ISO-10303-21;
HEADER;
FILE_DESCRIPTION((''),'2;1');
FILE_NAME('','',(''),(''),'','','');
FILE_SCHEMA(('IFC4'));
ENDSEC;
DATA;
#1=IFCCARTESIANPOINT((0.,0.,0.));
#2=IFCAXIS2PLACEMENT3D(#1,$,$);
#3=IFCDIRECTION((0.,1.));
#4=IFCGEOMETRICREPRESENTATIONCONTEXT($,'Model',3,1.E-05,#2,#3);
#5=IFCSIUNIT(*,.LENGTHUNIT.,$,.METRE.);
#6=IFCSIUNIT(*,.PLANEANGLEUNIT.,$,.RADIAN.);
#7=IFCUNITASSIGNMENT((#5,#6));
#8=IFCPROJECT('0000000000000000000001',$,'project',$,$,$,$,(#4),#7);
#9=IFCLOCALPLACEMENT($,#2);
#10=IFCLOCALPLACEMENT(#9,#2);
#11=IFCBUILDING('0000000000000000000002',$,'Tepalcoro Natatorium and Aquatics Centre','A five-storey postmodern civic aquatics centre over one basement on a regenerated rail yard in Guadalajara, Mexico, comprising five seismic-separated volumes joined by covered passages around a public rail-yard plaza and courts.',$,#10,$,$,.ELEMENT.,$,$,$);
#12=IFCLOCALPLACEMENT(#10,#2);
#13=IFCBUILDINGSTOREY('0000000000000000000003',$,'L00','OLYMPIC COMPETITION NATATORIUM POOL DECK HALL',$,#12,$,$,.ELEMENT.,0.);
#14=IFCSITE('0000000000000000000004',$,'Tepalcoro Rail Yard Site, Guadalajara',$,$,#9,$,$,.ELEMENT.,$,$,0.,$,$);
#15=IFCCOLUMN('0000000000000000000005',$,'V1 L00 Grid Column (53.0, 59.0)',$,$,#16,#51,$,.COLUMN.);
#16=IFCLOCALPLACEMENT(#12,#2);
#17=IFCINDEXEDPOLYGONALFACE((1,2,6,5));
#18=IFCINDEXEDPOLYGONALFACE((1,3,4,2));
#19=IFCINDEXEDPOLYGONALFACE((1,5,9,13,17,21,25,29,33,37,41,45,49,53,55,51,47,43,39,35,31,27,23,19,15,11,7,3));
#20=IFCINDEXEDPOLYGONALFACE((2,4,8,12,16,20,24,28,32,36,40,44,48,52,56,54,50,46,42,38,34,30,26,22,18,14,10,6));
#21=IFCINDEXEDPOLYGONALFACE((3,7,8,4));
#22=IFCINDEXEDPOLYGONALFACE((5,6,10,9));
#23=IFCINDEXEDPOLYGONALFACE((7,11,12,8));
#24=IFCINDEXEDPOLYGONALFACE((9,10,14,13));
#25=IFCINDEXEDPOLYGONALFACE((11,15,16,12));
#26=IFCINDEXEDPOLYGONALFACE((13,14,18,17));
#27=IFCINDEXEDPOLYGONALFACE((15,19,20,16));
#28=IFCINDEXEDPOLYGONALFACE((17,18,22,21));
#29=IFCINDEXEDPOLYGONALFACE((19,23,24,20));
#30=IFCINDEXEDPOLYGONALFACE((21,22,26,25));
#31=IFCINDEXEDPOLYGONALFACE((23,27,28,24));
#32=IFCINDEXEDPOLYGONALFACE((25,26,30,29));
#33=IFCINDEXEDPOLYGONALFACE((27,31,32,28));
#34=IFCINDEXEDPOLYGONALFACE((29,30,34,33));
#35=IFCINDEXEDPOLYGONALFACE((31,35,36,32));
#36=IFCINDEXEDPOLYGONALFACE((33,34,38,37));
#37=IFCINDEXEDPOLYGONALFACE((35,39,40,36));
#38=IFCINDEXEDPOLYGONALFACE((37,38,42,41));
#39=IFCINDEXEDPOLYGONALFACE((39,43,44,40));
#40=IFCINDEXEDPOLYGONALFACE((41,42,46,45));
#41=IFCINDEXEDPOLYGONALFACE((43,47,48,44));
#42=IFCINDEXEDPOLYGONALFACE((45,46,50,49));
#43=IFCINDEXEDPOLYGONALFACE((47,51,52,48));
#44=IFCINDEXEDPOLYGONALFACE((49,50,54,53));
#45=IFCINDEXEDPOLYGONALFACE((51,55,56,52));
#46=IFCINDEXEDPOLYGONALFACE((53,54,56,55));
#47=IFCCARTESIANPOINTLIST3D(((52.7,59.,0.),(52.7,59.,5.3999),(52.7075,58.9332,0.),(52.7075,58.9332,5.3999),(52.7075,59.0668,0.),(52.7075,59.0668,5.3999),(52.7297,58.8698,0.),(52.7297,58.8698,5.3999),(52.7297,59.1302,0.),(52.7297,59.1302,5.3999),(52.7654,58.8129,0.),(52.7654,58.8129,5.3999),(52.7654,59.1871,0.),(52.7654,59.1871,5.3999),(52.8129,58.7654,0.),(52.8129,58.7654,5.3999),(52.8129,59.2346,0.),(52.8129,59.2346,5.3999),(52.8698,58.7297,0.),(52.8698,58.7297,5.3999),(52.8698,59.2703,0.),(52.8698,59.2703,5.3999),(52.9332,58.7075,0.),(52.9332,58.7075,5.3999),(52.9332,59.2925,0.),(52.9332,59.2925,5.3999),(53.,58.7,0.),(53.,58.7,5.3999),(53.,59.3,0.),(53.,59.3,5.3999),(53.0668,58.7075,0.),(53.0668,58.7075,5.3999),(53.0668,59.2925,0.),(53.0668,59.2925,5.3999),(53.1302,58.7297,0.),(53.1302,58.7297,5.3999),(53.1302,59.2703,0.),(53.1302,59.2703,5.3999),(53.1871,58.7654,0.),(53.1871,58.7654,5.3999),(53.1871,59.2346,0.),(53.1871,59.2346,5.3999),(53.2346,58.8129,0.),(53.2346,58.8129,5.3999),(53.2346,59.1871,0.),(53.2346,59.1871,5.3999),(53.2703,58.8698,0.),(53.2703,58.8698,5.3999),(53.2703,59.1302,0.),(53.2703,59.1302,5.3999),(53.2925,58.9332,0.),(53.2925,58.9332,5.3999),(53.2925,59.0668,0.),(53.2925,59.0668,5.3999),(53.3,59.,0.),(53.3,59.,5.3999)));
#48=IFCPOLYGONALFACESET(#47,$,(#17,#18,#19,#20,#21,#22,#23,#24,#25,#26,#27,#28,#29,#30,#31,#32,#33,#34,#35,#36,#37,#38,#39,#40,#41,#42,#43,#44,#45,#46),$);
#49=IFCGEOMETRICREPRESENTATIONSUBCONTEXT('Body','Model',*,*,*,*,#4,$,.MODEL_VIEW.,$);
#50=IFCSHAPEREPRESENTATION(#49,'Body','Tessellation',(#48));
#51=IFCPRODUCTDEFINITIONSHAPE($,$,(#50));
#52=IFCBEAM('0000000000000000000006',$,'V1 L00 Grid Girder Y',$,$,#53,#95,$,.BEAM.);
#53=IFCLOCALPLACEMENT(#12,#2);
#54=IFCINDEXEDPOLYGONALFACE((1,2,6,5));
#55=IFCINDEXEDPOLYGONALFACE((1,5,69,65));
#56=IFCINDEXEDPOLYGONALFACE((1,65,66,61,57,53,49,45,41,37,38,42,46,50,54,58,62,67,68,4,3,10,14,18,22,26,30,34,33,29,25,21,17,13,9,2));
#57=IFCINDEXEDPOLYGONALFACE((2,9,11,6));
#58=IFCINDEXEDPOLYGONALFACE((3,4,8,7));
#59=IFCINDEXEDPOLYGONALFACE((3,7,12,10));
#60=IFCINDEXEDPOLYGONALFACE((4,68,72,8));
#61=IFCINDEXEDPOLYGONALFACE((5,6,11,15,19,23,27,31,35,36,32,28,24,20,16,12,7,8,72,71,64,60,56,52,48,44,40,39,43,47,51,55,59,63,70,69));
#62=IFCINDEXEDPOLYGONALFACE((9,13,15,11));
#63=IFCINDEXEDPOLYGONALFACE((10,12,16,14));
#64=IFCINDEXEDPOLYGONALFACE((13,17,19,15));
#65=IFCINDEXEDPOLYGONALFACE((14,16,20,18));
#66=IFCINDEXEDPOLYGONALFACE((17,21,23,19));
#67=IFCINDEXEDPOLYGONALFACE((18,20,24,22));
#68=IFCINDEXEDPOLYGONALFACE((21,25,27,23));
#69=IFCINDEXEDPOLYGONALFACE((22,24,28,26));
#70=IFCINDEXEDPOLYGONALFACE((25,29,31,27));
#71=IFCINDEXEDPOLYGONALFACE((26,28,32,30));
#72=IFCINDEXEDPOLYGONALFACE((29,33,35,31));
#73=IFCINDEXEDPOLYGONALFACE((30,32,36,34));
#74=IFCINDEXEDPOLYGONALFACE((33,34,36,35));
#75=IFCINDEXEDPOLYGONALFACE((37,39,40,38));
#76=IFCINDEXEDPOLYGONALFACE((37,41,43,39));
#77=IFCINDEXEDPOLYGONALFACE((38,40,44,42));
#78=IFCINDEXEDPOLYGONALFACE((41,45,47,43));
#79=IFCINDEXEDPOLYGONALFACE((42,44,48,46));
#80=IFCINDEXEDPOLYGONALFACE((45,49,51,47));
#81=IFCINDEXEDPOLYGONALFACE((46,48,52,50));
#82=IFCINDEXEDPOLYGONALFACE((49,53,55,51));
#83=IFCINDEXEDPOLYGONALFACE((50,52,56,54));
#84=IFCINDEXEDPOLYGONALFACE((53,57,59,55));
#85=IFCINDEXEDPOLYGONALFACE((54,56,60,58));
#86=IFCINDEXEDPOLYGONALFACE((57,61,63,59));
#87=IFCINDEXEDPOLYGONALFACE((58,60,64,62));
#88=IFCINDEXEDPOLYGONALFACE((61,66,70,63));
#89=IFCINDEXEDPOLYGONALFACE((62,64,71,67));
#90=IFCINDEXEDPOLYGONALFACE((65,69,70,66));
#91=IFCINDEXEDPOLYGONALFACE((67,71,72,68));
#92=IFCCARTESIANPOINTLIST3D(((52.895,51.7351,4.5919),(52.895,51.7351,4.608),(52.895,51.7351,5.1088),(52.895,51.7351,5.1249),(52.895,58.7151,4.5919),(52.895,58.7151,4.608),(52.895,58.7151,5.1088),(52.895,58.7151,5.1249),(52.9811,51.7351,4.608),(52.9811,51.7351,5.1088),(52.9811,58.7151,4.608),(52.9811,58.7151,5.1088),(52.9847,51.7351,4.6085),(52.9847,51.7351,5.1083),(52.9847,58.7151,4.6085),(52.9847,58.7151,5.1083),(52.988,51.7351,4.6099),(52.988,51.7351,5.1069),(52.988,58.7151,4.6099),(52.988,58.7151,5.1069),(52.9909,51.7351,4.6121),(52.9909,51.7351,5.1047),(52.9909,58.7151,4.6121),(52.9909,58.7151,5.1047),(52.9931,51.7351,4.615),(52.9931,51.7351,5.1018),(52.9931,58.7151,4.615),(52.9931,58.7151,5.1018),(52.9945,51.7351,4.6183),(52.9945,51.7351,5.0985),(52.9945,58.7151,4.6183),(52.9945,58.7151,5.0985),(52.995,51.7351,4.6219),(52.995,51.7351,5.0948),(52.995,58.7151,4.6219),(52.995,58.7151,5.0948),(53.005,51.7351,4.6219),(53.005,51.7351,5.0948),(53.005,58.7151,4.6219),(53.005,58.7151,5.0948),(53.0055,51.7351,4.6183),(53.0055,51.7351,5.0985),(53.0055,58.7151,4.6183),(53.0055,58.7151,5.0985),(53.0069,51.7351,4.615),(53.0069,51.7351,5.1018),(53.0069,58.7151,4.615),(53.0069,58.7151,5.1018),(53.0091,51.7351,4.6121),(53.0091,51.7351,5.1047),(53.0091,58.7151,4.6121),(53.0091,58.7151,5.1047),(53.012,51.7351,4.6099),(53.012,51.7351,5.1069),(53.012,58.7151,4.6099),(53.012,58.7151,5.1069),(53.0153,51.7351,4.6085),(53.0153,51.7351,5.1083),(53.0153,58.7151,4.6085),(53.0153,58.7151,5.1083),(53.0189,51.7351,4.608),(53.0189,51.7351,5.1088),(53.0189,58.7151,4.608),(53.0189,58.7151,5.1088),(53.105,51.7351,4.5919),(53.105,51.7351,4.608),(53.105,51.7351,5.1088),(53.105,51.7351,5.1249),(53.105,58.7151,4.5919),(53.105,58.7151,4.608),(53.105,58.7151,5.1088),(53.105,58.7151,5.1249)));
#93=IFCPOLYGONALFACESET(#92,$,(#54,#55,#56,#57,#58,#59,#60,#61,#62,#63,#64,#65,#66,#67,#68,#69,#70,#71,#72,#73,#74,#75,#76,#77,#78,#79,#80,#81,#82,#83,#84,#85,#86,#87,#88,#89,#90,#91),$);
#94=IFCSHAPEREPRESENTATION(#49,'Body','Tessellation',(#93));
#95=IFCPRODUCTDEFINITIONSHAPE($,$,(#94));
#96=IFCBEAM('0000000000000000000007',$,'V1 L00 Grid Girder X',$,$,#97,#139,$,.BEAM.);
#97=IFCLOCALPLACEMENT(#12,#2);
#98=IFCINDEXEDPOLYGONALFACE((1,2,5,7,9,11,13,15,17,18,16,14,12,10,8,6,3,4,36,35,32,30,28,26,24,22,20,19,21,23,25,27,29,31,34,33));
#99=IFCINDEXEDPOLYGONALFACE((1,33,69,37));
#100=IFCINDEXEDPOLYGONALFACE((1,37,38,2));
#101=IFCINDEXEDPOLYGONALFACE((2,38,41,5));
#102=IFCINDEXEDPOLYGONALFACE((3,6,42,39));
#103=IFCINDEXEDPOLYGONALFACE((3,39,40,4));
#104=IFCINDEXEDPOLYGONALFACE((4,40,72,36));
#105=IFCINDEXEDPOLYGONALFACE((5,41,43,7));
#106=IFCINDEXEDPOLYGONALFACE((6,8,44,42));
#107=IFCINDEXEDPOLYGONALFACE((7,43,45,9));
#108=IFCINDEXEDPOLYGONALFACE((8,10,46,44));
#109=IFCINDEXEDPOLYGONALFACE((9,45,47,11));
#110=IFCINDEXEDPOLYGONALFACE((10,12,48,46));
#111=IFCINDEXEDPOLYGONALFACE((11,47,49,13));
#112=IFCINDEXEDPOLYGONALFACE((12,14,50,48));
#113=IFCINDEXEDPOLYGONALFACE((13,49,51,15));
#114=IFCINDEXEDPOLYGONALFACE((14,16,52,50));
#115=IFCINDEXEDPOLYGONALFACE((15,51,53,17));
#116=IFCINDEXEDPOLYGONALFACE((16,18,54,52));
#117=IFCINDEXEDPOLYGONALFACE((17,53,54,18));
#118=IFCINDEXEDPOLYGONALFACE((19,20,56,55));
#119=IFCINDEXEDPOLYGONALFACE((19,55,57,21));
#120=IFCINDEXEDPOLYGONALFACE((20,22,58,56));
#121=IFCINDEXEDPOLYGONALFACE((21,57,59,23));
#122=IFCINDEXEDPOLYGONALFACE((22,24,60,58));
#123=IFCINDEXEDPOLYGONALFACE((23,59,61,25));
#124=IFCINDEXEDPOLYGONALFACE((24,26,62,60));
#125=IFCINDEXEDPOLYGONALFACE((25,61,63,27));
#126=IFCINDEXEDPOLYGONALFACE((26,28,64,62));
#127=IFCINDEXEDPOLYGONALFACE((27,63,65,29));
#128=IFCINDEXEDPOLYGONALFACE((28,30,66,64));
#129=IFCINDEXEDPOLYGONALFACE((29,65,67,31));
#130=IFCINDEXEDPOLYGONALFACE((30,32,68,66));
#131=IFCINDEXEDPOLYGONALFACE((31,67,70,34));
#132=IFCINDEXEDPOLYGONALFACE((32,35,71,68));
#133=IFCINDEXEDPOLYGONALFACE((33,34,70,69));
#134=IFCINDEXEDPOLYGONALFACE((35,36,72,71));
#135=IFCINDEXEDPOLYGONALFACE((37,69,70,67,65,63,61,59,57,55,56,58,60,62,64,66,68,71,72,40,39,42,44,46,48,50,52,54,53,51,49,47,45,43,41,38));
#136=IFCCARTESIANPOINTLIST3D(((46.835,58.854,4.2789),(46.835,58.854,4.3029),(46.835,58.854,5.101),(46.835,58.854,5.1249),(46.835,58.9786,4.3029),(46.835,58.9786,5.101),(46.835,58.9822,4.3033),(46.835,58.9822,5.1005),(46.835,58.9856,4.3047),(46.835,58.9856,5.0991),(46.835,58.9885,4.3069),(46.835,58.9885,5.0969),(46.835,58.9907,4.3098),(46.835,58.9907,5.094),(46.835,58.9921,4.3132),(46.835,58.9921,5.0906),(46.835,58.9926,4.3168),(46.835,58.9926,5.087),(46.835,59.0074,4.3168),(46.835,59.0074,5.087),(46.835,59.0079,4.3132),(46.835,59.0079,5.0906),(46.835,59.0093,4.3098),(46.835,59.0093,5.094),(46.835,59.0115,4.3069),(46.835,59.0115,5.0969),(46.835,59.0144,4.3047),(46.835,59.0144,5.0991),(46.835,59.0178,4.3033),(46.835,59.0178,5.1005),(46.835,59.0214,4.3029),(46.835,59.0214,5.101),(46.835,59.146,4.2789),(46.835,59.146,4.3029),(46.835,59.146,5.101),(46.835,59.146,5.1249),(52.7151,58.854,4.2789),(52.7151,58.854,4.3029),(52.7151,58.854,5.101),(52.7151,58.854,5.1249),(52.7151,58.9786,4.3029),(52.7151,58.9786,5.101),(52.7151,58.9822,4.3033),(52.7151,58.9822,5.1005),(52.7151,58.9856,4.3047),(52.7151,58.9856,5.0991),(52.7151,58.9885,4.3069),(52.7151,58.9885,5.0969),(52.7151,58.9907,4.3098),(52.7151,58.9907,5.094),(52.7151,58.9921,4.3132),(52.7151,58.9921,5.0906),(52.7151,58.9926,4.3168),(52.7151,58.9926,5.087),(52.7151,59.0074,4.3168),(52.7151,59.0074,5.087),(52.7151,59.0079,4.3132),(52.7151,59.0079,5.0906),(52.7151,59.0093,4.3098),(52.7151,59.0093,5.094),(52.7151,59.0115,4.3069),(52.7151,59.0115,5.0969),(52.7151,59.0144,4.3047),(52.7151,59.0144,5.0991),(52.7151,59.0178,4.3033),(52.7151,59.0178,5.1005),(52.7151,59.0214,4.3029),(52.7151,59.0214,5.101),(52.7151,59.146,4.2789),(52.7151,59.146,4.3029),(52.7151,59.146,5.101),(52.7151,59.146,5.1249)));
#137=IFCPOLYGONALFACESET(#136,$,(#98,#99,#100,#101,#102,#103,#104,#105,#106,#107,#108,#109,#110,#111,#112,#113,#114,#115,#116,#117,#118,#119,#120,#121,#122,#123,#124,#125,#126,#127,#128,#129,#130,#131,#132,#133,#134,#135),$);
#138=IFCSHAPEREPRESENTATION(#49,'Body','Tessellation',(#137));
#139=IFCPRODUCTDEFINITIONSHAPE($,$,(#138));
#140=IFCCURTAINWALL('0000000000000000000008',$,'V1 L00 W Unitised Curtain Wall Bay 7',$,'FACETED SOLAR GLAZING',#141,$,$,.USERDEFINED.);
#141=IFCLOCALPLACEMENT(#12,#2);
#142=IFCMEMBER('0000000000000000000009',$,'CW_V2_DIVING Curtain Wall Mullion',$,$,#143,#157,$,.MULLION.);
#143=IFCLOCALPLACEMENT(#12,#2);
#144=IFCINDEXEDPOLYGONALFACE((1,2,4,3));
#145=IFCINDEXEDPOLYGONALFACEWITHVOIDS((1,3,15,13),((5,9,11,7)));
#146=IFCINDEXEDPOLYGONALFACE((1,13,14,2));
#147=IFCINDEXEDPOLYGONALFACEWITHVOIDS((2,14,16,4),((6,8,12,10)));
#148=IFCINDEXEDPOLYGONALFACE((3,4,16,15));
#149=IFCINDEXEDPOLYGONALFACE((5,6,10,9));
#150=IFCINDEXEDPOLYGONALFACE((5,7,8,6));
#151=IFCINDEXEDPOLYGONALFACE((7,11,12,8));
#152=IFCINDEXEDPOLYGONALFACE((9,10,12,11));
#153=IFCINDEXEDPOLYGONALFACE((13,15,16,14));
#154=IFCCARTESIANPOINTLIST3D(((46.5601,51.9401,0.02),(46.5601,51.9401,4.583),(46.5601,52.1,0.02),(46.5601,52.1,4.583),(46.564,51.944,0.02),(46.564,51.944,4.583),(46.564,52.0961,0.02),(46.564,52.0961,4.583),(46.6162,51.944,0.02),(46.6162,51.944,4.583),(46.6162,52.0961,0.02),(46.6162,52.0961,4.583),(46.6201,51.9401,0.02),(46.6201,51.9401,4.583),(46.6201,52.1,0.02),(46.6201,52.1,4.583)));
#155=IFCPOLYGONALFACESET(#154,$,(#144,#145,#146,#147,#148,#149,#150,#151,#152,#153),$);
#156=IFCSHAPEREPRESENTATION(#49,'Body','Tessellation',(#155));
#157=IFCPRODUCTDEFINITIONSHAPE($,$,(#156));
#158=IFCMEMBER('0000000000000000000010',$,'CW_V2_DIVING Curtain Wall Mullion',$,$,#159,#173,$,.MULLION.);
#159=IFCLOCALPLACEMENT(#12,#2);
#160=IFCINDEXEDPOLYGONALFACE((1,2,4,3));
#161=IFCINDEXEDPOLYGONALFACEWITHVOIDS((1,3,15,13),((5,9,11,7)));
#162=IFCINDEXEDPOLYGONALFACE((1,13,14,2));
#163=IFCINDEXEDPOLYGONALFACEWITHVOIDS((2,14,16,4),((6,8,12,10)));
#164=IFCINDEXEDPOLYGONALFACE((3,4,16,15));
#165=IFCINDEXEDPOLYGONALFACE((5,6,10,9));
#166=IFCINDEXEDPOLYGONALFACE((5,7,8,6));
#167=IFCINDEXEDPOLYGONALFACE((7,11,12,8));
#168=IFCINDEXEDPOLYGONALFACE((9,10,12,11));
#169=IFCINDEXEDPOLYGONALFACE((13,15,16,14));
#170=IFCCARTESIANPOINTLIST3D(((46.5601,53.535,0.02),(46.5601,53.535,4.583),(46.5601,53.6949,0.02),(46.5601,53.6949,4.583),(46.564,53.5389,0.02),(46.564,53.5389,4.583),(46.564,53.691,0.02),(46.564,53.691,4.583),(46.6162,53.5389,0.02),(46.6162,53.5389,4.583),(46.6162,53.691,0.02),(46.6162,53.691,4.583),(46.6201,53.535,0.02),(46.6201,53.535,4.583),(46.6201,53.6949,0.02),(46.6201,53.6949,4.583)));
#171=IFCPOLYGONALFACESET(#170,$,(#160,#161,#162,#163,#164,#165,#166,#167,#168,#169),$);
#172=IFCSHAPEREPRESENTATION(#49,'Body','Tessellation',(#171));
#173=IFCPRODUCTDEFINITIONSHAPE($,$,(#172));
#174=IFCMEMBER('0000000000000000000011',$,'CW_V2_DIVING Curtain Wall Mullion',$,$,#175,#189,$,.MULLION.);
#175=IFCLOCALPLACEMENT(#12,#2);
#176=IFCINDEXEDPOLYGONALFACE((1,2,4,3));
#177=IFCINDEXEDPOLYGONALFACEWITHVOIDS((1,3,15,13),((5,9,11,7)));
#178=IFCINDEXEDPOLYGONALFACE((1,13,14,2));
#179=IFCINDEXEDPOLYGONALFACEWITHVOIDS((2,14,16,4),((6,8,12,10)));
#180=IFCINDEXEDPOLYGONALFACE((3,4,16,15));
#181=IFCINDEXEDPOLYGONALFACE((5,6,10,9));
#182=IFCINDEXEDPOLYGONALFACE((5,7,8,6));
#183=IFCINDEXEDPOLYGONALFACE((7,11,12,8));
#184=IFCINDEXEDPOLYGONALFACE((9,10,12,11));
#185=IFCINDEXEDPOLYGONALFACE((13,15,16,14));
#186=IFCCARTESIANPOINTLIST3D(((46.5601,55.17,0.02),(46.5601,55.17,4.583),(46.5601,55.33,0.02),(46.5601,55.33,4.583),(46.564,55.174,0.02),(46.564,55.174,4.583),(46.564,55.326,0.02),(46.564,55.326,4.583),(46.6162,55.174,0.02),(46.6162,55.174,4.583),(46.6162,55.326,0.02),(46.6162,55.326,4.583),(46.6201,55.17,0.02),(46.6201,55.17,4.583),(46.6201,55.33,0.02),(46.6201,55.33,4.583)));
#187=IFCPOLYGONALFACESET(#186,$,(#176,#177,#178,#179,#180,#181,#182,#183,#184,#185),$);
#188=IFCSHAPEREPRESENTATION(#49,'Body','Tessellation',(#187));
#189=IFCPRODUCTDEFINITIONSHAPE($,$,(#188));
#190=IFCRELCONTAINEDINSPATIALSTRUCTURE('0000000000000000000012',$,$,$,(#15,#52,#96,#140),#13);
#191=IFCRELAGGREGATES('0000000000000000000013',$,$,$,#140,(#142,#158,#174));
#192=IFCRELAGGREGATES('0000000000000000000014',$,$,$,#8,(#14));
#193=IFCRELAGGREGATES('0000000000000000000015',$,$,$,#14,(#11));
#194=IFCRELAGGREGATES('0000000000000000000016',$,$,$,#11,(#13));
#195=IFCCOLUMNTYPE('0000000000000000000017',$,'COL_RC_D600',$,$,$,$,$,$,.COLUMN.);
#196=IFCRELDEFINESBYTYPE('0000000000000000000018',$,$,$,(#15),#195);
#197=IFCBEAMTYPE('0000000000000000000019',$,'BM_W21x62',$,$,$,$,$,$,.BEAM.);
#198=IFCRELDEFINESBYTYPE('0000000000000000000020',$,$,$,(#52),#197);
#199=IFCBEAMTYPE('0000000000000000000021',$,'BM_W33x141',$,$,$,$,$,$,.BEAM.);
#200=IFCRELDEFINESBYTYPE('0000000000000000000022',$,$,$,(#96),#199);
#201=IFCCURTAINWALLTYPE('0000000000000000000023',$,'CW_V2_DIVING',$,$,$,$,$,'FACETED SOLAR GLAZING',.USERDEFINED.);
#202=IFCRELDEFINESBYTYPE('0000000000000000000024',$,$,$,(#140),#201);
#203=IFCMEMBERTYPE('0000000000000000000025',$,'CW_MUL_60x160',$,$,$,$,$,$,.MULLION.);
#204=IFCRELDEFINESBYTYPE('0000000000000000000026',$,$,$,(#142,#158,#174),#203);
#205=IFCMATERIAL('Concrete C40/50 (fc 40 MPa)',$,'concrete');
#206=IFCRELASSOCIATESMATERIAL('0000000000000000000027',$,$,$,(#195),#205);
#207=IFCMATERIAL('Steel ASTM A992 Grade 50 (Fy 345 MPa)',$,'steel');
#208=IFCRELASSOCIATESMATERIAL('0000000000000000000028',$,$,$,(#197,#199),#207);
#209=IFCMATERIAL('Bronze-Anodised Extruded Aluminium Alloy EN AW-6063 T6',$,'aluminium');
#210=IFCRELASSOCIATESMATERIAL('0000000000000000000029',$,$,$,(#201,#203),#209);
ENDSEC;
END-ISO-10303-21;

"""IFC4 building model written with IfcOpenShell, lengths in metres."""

from ifc_helpers import new_model, si_unit, direction, frame, origin, origin_2d, place, context, subcontext, project, spatial, hollow_rectangle, circle, i_section, extrude, material, material_profile, profile_set, type_object, element, aggregate, save


model = new_model("IFC4")

# Units and contexts
model_context = context("Model", 3, precision=1e-05, world=origin(), true_north=direction((0.0, 1.0)))
body_context = subcontext(model_context, "Body", "Model", "MODEL_VIEW")
ifc_project = project(units=[si_unit("LENGTHUNIT", "METRE"), si_unit("PLANEANGLEUNIT", "RADIAN")], contexts=[model_context])

# Site, building, storey
site_placement = place(None, origin())
site = spatial("IfcSite", under=ifc_project, at=site_placement, Name="Tepalcoro Rail Yard Site, Guadalajara", CompositionType="ELEMENT", RefElevation=0.0)
building_placement = place(site_placement, origin())
building = spatial("IfcBuilding", under=site, at=building_placement, Name="Tepalcoro Natatorium and Aquatics Centre", Description="A five-storey postmodern civic aquatics centre over one basement on a regenerated rail yard in Guadalajara, Mexico, comprising five seismic-separated volumes joined by covered passages around a public rail-yard plaza and courts.", CompositionType="ELEMENT")
storey_placement = place(building_placement, origin())
storey = spatial("IfcBuildingStorey", under=building, at=storey_placement, Name="L00", Description="OLYMPIC COMPETITION NATATORIUM POOL DECK HALL", CompositionType="ELEMENT", Elevation=0.0)

# Column
ifc_material_1 = material(Name="Concrete C40/50 (fc 40 MPa)", Category="concrete")
ifc_material_profile_1 = material_profile(ifc_material_1, circle(Radius=0.3, at=origin_2d()), Name="RCD600")
ifc_profile_set_1 = profile_set([ifc_material_profile_1], Name="Concrete C40/50 (fc 40 MPa)")
column_type = type_object("IfcColumnType", Name="COL_RC_D600", PredefinedType="COLUMN", material=ifc_profile_set_1)
column_placement = place(storey_placement, frame((53.0, 59.0, 0.0), z_axis=(0.0, 0.0, 1.0), x_axis=(1.0, 0.0, 0.0)))
element("IfcColumn", 1, at=column_placement, inside=storey, type_object=column_type, Name="V1 L00 Grid Column (53.0, 59.0)", PredefinedType="COLUMN", context=body_context, shape_type="SweptSolid", body=[
    extrude(circle(Radius=0.3, at=origin_2d()), origin(), (0.0, 0.0, 1.0), 5.3999),
])

# Beams
ifc_material_2 = material(Name="Steel ASTM A992 Grade 50 (Fy 345 MPa)", Category="steel")
ifc_material_profile_2 = material_profile(ifc_material_2, i_section(OverallWidth=0.21, OverallDepth=0.533, WebThickness=0.01, FlangeThickness=0.0161, FilletRadius=0.0139, at=origin_2d()), Name="W21X62")
ifc_profile_set_2 = profile_set([ifc_material_profile_2], Name="Steel ASTM A992 Grade 50 (Fy 345 MPa)")
beam_type_1 = type_object("IfcBeamType", Name="BM_W21x62", PredefinedType="BEAM", material=ifc_profile_set_2)
beam_1_placement = place(storey_placement, frame((53.0, 51.7351, 4.8584), z_axis=(0.0, 1.0, 0.0), x_axis=(-1.0, 0.0, 0.0)))
element("IfcBeam", 2, at=beam_1_placement, inside=storey, type_object=beam_type_1, Name="V1 L00 Grid Girder Y", PredefinedType="BEAM", context=body_context, shape_type="SweptSolid", body=[
    extrude(i_section(OverallWidth=0.21, OverallDepth=0.533, WebThickness=0.01, FlangeThickness=0.0161, FilletRadius=0.0139, at=origin_2d()), origin(), (0.0, 0.0, 1.0), 6.98),
])
ifc_material_profile_3 = material_profile(ifc_material_2, i_section(OverallWidth=0.292, OverallDepth=0.8459, WebThickness=0.0149, FlangeThickness=0.0239, FilletRadius=0.0139, at=origin_2d()), Name="W33X141")
ifc_profile_set_3 = profile_set([ifc_material_profile_3], Name="Steel ASTM A992 Grade 50 (Fy 345 MPa)")
beam_type_2 = type_object("IfcBeamType", Name="BM_W33x141", PredefinedType="BEAM", material=ifc_profile_set_3)
beam_2_placement = place(storey_placement, frame((46.835, 59.0, 4.7019), z_axis=(1.0, 0.0, 0.0), x_axis=(0.0, 1.0, 0.0)))
element("IfcBeam", 3, at=beam_2_placement, inside=storey, type_object=beam_type_2, Name="V1 L00 Grid Girder X", PredefinedType="BEAM", context=body_context, shape_type="SweptSolid", body=[
    extrude(i_section(OverallWidth=0.292, OverallDepth=0.8459, WebThickness=0.0149, FlangeThickness=0.0239, FilletRadius=0.0139, at=origin_2d()), origin(), (0.0, 0.0, 1.0), 5.8801),
])

# Curtain wall, members
ifc_material_3 = material(Name="Bronze-Anodised Extruded Aluminium Alloy EN AW-6063 T6", Category="aluminium")
curtain_wall_type = type_object("IfcCurtainWallType", Name="CW_V2_DIVING", ElementType="FACETED SOLAR GLAZING", PredefinedType="USERDEFINED", material=ifc_material_3)
curtain_wall_placement = place(storey_placement, origin())
curtain_wall = element("IfcCurtainWall", 4, at=curtain_wall_placement, inside=storey, type_object=curtain_wall_type, Name="V1 L00 W Unitised Curtain Wall Bay 7", ObjectType="FACETED SOLAR GLAZING", PredefinedType="USERDEFINED")
ifc_material_profile_4 = material_profile(ifc_material_3, hollow_rectangle(XDim=0.0601, YDim=0.1599, WallThickness=0.0039, at=origin_2d()), Name="AL60X160X4")
ifc_profile_set_4 = profile_set([ifc_material_profile_4], Name="Bronze-Anodised Extruded Aluminium Alloy EN AW-6063 T6")
member_type_1 = type_object("IfcMemberType", Name="CW_MUL_60x160", PredefinedType="MULLION", material=ifc_profile_set_4)
member_1_placement = place(storey_placement, frame((46.5901, 52.02, 0.02), z_axis=(0.0, 0.0, 1.0), x_axis=(1.0, 0.0, 0.0)))
member_1 = element("IfcMember", 5, at=member_1_placement, type_object=member_type_1, Name="CW_V2_DIVING Curtain Wall Mullion", PredefinedType="MULLION", context=body_context, shape_type="SweptSolid", body=[
    extrude(hollow_rectangle(XDim=0.0601, YDim=0.1599, WallThickness=0.0039, at=origin_2d()), origin(), (0.0, 0.0, 1.0), 4.563),
])
member_2_placement = place(storey_placement, frame((46.5901, 53.615, 0.02), z_axis=(0.0, 0.0, 1.0), x_axis=(1.0, 0.0, 0.0)))
member_2 = element("IfcMember", 6, at=member_2_placement, type_object=member_type_1, Name="CW_V2_DIVING Curtain Wall Mullion", PredefinedType="MULLION", context=body_context, shape_type="SweptSolid", body=[
    extrude(hollow_rectangle(XDim=0.0601, YDim=0.1599, WallThickness=0.0039, at=origin_2d()), origin(), (0.0, 0.0, 1.0), 4.563),
])
member_3_placement = place(storey_placement, frame((46.5901, 55.25, 0.02), z_axis=(0.0, 0.0, 1.0), x_axis=(1.0, 0.0, 0.0)))
member_3 = element("IfcMember", 7, at=member_3_placement, type_object=member_type_1, Name="CW_V2_DIVING Curtain Wall Mullion", PredefinedType="MULLION", context=body_context, shape_type="SweptSolid", body=[
    extrude(hollow_rectangle(XDim=0.0601, YDim=0.1599, WallThickness=0.0039, at=origin_2d()), origin(), (0.0, 0.0, 1.0), 4.563),
])

aggregate(curtain_wall, [member_1, member_2, member_3])

save(model, "model.ifc")
